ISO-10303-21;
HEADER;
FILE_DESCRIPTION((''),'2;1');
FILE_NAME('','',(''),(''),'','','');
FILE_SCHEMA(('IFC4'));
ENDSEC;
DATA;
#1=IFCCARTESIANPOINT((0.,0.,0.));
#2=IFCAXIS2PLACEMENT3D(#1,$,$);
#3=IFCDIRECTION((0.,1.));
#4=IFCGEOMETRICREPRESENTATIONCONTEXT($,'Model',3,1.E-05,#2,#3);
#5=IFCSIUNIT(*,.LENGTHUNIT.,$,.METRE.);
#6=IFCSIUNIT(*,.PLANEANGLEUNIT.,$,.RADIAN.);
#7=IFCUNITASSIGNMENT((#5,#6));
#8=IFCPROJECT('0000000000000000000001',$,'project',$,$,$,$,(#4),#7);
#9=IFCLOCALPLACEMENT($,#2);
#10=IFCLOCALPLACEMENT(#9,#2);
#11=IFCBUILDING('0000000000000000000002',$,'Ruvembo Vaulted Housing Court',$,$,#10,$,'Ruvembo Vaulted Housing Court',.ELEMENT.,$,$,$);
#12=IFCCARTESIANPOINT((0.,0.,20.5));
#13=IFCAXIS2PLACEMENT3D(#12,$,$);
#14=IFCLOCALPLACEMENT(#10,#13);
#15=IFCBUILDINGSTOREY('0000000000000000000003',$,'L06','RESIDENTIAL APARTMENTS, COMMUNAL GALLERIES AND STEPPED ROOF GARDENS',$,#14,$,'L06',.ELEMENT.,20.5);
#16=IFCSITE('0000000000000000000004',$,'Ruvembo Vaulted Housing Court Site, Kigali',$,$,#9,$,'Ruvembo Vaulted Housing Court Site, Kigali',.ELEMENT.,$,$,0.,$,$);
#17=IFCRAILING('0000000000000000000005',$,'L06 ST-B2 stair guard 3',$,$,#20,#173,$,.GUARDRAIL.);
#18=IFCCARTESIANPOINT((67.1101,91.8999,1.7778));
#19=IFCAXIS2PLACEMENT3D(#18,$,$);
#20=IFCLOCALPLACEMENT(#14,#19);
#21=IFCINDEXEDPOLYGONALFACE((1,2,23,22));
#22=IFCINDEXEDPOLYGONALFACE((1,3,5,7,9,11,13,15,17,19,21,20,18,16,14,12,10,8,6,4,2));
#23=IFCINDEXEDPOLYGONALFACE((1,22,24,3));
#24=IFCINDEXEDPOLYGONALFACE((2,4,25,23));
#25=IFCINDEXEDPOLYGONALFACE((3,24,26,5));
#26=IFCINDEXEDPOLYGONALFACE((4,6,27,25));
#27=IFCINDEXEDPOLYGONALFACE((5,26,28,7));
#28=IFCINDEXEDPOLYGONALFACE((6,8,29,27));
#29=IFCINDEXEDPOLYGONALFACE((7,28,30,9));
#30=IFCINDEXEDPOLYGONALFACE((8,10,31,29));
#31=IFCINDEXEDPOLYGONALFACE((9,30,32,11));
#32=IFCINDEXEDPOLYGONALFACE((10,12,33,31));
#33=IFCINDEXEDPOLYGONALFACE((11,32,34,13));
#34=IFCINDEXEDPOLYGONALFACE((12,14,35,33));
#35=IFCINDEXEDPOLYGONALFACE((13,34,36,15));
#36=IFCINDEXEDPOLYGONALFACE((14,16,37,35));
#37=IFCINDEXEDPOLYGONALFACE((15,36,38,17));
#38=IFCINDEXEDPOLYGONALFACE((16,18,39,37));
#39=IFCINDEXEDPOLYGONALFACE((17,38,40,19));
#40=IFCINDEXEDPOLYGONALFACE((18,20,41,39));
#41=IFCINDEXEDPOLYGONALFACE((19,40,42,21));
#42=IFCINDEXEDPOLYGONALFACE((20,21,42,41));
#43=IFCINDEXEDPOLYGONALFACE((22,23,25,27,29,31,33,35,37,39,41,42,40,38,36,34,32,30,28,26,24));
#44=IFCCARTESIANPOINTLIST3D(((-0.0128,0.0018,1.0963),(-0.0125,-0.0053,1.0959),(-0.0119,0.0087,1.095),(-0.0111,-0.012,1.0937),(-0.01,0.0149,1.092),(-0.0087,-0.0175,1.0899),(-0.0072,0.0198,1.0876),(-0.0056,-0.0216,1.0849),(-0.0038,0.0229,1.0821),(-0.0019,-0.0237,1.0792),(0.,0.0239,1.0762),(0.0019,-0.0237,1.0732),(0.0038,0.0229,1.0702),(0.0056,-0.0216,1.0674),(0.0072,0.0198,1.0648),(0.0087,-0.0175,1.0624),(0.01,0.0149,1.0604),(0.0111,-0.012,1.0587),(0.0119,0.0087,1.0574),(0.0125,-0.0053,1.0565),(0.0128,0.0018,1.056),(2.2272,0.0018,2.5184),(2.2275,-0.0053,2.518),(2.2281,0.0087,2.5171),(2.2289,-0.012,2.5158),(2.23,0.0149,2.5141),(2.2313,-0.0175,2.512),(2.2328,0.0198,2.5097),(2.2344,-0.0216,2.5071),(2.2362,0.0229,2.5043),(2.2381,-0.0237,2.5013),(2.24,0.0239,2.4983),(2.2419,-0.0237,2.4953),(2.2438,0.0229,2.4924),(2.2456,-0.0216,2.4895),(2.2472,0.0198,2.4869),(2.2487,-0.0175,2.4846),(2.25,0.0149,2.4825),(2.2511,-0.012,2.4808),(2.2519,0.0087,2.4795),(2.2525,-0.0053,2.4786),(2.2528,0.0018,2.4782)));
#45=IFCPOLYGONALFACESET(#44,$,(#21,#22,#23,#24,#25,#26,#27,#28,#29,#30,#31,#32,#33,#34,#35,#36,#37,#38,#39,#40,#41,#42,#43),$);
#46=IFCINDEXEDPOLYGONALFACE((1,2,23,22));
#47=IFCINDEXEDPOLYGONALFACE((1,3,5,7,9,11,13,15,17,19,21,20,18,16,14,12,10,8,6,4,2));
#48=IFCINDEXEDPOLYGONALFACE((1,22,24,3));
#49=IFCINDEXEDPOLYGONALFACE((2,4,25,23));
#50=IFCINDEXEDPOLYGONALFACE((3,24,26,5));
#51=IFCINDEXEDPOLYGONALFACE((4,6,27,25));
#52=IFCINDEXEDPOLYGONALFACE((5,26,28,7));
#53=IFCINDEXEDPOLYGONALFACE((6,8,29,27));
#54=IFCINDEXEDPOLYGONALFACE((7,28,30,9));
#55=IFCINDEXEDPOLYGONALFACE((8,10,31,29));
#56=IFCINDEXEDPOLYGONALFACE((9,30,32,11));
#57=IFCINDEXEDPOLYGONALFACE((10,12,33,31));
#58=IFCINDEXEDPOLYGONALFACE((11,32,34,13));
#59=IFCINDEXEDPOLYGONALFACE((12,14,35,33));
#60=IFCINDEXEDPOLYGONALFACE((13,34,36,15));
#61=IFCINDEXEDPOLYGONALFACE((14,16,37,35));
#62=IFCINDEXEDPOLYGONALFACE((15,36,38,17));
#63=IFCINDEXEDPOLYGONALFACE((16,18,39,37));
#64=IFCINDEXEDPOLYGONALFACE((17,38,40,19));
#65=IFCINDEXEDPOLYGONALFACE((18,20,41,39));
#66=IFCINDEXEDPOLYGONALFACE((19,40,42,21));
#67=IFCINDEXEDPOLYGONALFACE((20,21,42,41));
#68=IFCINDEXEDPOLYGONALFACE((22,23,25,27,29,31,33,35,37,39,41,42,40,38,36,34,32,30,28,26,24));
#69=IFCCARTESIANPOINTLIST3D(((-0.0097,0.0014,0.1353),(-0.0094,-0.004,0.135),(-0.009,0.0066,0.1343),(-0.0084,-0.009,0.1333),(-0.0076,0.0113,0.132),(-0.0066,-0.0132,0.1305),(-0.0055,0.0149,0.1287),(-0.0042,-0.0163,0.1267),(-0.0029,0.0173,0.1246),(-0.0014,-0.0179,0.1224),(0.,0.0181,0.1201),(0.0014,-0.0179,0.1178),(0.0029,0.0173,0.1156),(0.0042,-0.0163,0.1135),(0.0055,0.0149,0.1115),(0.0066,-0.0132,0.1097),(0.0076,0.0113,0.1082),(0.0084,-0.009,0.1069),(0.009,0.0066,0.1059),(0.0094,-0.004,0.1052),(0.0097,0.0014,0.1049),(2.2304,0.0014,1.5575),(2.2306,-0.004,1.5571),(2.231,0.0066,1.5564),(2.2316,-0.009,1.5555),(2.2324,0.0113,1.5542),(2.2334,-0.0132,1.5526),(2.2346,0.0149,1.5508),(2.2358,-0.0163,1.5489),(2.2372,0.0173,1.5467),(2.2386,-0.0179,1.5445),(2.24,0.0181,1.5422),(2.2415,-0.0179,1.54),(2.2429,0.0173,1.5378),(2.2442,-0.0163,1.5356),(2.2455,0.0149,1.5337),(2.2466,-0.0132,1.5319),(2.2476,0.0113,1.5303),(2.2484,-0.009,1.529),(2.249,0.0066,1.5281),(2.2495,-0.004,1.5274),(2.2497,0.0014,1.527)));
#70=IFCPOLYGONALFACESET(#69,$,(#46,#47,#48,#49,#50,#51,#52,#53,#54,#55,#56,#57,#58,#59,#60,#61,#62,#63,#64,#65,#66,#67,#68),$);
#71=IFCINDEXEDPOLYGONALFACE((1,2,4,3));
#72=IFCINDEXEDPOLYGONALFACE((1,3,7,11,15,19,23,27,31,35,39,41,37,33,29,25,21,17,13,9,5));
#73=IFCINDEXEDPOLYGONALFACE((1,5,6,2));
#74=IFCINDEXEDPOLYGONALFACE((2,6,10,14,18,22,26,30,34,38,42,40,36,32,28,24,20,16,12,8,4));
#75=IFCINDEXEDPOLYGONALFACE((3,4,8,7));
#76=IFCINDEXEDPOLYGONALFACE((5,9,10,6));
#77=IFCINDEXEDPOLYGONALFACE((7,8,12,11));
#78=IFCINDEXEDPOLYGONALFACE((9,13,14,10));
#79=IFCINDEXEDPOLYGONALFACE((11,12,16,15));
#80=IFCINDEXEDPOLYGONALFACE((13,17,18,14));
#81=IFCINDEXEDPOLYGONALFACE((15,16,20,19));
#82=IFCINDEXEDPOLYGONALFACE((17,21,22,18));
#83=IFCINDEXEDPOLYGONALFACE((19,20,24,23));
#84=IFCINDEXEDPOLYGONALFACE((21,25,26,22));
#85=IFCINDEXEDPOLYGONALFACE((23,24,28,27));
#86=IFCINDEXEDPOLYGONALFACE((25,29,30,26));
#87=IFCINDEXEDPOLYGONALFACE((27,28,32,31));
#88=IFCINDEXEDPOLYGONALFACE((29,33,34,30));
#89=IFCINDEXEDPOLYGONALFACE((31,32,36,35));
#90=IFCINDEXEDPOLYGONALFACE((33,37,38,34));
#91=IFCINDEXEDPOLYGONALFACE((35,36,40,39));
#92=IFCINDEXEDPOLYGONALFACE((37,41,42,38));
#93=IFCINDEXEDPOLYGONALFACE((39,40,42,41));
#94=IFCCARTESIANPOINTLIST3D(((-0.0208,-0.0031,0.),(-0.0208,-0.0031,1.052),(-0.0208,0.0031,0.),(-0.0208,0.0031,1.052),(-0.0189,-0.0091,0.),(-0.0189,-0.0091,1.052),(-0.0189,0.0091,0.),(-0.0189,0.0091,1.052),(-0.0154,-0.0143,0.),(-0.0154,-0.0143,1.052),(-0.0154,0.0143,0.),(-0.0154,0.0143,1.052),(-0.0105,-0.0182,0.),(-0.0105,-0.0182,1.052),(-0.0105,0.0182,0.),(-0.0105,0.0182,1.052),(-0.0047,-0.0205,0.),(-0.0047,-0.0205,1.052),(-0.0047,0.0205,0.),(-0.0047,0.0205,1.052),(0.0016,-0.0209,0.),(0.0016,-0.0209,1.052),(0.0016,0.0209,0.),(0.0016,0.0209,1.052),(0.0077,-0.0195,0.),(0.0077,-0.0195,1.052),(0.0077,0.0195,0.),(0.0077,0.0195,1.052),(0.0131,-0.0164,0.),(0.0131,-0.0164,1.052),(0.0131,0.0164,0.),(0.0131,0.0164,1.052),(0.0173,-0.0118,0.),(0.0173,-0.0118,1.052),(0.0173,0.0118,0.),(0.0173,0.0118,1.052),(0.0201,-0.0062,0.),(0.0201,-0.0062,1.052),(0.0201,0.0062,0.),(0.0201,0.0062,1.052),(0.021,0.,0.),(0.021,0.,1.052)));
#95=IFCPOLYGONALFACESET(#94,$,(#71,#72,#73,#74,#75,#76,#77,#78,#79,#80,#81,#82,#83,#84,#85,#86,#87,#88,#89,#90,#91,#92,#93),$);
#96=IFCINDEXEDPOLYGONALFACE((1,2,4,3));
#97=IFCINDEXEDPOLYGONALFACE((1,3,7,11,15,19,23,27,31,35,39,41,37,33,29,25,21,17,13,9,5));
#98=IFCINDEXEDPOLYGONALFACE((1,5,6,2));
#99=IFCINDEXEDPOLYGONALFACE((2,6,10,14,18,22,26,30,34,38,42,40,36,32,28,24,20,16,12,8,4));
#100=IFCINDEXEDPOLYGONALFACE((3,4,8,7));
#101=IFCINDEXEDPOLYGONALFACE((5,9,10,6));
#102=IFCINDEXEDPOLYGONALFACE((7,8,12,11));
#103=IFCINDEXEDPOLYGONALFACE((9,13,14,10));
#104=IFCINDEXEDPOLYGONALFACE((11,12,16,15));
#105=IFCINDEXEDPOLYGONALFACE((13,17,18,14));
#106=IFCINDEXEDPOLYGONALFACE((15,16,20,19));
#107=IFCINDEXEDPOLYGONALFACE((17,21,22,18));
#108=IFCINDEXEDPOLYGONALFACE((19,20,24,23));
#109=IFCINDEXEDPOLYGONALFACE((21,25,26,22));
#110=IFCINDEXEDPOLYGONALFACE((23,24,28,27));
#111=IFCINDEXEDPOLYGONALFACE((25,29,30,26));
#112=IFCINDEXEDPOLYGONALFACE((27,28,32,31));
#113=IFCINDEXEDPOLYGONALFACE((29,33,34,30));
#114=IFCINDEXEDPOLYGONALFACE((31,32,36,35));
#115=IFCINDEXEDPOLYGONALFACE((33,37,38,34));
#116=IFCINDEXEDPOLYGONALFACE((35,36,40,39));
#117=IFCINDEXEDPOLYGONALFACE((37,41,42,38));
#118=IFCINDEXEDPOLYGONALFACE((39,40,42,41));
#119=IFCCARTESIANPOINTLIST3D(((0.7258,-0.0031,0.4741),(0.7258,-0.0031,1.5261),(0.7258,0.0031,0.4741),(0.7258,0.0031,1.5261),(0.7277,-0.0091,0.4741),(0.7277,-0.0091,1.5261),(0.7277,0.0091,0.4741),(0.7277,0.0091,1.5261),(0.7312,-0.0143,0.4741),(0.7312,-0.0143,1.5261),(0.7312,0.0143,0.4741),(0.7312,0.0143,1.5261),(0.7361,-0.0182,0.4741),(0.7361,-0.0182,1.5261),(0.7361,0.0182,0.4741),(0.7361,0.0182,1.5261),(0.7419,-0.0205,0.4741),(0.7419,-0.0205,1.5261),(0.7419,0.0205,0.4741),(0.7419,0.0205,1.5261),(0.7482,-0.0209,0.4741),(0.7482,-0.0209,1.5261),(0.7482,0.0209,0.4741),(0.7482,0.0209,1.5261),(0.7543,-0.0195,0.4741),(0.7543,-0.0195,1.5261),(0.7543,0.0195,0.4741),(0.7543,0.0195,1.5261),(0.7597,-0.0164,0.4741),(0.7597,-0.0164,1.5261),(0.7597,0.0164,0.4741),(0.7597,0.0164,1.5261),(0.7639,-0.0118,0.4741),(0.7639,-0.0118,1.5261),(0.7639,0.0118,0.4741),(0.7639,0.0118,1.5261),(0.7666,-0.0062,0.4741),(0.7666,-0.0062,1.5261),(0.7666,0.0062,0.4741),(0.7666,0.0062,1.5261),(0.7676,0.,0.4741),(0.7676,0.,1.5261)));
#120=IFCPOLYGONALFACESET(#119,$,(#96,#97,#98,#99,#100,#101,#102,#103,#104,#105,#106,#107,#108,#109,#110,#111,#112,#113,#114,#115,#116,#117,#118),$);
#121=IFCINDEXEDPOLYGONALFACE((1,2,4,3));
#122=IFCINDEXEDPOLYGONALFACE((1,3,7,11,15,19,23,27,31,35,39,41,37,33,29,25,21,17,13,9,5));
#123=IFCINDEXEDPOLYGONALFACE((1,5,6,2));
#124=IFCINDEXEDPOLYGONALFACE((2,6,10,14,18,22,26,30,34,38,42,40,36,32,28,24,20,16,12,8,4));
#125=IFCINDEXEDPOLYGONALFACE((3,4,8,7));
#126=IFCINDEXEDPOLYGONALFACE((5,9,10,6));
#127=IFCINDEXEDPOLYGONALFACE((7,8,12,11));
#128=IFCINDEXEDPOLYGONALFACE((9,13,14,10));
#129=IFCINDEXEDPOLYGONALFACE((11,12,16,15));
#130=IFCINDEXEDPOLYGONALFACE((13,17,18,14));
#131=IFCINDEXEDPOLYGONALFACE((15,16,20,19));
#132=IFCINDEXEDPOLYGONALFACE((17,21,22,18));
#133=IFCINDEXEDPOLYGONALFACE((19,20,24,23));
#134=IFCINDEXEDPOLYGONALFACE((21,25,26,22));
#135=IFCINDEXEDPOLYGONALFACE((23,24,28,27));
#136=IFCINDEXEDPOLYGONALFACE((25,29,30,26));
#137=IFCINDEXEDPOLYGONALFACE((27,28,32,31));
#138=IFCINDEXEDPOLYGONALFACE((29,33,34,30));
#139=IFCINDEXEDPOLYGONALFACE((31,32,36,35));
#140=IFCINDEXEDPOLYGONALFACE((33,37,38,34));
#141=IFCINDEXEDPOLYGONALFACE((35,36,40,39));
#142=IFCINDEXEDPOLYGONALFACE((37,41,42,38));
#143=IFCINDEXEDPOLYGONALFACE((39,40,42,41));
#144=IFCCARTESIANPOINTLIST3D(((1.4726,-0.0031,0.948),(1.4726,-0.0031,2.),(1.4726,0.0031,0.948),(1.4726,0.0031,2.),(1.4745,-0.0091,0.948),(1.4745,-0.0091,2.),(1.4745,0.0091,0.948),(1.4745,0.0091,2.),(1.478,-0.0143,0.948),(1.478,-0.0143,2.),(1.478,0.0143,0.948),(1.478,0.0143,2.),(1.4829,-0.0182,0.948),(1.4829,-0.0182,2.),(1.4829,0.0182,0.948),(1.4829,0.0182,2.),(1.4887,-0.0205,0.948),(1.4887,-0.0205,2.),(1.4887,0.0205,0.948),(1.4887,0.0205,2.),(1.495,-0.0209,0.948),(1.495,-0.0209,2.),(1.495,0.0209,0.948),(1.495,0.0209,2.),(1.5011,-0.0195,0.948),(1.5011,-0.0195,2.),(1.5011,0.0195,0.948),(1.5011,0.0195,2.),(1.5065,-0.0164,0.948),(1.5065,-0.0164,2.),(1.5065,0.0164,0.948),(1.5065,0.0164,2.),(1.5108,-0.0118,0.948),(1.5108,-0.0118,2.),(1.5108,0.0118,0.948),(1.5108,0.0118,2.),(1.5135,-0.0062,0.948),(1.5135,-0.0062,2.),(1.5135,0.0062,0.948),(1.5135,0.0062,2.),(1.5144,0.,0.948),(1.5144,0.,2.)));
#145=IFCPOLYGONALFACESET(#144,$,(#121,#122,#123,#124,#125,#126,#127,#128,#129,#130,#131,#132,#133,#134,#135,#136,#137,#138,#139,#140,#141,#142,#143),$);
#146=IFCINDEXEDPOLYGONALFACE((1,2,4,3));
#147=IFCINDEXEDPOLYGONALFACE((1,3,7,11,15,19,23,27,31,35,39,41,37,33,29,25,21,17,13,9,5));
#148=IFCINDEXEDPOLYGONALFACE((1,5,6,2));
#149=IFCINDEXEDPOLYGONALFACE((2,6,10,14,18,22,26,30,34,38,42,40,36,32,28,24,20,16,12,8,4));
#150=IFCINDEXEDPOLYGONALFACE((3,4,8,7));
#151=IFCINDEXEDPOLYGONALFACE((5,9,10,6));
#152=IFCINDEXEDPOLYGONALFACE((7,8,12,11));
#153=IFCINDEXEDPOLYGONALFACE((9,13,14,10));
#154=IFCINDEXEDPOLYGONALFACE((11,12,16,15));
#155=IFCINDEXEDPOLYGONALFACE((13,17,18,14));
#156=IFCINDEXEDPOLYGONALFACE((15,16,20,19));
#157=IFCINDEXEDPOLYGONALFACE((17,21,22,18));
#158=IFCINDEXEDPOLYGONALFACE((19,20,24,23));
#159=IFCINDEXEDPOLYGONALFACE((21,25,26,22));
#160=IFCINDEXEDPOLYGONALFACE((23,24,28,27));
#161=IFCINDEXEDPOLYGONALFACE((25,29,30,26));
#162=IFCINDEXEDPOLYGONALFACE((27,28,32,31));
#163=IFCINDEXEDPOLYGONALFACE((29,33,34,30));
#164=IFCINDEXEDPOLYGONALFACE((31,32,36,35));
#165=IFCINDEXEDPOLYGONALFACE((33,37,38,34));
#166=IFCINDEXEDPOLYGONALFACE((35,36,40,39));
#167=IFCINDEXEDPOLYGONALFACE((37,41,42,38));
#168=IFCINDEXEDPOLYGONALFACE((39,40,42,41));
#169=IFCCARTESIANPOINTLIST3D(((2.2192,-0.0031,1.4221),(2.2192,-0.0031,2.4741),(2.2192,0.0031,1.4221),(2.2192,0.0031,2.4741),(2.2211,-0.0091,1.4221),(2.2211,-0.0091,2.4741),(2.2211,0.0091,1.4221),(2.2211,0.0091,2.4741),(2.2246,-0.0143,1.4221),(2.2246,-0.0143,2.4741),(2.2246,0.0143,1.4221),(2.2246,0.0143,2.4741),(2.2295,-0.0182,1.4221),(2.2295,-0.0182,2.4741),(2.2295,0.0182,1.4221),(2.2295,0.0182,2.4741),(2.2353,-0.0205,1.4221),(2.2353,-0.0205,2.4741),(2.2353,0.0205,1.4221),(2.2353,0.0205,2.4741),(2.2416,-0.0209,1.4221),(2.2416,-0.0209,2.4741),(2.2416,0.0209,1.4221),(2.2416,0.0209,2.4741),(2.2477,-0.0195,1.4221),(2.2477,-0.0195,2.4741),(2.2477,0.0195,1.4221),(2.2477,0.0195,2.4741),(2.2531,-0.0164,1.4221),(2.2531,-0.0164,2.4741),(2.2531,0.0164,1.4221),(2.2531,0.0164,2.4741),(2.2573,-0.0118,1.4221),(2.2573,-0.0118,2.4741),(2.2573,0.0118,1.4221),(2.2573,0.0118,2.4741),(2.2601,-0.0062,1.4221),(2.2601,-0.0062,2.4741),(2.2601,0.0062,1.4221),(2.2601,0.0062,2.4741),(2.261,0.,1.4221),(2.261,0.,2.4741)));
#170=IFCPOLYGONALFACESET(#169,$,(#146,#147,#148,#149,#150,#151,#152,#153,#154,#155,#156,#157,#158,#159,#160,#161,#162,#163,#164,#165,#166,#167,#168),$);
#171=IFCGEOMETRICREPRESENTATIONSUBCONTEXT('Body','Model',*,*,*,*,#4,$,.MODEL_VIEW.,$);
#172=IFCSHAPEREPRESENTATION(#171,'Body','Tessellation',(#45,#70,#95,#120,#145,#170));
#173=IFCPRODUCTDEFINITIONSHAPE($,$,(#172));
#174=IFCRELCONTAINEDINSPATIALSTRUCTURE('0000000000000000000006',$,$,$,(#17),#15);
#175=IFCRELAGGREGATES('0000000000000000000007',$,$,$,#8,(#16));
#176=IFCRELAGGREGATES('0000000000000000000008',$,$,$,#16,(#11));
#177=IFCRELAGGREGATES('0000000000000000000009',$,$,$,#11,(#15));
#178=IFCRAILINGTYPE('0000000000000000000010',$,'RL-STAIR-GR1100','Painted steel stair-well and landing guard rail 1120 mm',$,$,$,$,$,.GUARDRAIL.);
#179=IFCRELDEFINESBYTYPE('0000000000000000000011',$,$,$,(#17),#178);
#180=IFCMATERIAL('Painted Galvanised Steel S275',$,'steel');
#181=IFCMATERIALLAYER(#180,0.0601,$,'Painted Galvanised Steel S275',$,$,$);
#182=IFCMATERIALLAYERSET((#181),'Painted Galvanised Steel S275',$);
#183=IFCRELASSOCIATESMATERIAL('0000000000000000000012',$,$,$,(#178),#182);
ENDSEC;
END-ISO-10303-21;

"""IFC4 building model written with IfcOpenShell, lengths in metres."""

from ifc_helpers import new_model, si_unit, direction, frame, origin, origin_2d, place, context, subcontext, project, spatial, circle, extrude, material, layer, layer_set, type_object, element, save


model = new_model("IFC4")

# Units and contexts
model_context = context("Model", 3, precision=1e-05, world=origin(), true_north=direction((0.0, 1.0)))
body_context = subcontext(model_context, "Body", "Model", "MODEL_VIEW")
ifc_project = project(units=[si_unit("LENGTHUNIT", "METRE"), si_unit("PLANEANGLEUNIT", "RADIAN")], contexts=[model_context])

# Site, building, storey
site_placement = place(None, origin())
site = spatial("IfcSite", under=ifc_project, at=site_placement, Name="Ruvembo Vaulted Housing Court Site, Kigali", LongName="Ruvembo Vaulted Housing Court Site, Kigali", CompositionType="ELEMENT", RefElevation=0.0)
building_placement = place(site_placement, origin())
building = spatial("IfcBuilding", under=site, at=building_placement, Name="Ruvembo Vaulted Housing Court", LongName="Ruvembo Vaulted Housing Court", CompositionType="ELEMENT")
storey_placement = place(building_placement, frame((0.0, 0.0, 20.5)))
storey = spatial("IfcBuildingStorey", under=building, at=storey_placement, Name="L06", Description="RESIDENTIAL APARTMENTS, COMMUNAL GALLERIES AND STEPPED ROOF GARDENS", LongName="L06", CompositionType="ELEMENT", Elevation=20.5)

# Railing
ifc_material_1 = material(Name="Painted Galvanised Steel S275", Category="steel")
ifc_layer_1 = layer(ifc_material_1, 0.0601, Name="Painted Galvanised Steel S275")
ifc_layer_set_1 = layer_set([ifc_layer_1], Name="Painted Galvanised Steel S275")
railing_type_1 = type_object("IfcRailingType", Name="RL-STAIR-GR1100", Description="Painted steel stair-well and landing guard rail 1120 mm", PredefinedType="GUARDRAIL", material=ifc_layer_set_1)
railing_1_placement = place(storey_placement, frame((67.1101, 91.8999, 1.7778)))
element("IfcRailing", 1, at=railing_1_placement, inside=storey, type_object=railing_type_1, Name="L06 ST-B2 stair guard 3", PredefinedType="GUARDRAIL", context=body_context, shape_type="SweptSolid", body=[
    extrude(circle(Radius=0.0239, at=origin_2d()), frame((0.0, 0.0, 1.0762), z_axis=(0.844229, 0.0, 0.535982), x_axis=(0.0, 1.0, 0.0)), (0.0, 0.0, 1.0), 2.6533),
    extrude(circle(Radius=0.0181, at=origin_2d()), frame((0.0, 0.0, 0.1201), z_axis=(0.844229, 0.0, 0.535982), x_axis=(0.0, 1.0, 0.0)), (0.0, 0.0, 1.0), 2.6533),
    extrude(circle(Radius=0.021, at=origin_2d()), origin(), (0.0, 0.0, 1.0), 1.052),
    extrude(circle(Radius=0.021, at=origin_2d()), frame((0.7466, 0.0, 0.4741)), (0.0, 0.0, 1.0), 1.052),
    extrude(circle(Radius=0.021, at=origin_2d()), frame((1.4934, 0.0, 0.948)), (0.0, 0.0, 1.0), 1.052),
    extrude(circle(Radius=0.021, at=origin_2d()), frame((2.24, 0.0, 1.4221)), (0.0, 0.0, 1.0), 1.052),
])

save(model, "model.ifc")
